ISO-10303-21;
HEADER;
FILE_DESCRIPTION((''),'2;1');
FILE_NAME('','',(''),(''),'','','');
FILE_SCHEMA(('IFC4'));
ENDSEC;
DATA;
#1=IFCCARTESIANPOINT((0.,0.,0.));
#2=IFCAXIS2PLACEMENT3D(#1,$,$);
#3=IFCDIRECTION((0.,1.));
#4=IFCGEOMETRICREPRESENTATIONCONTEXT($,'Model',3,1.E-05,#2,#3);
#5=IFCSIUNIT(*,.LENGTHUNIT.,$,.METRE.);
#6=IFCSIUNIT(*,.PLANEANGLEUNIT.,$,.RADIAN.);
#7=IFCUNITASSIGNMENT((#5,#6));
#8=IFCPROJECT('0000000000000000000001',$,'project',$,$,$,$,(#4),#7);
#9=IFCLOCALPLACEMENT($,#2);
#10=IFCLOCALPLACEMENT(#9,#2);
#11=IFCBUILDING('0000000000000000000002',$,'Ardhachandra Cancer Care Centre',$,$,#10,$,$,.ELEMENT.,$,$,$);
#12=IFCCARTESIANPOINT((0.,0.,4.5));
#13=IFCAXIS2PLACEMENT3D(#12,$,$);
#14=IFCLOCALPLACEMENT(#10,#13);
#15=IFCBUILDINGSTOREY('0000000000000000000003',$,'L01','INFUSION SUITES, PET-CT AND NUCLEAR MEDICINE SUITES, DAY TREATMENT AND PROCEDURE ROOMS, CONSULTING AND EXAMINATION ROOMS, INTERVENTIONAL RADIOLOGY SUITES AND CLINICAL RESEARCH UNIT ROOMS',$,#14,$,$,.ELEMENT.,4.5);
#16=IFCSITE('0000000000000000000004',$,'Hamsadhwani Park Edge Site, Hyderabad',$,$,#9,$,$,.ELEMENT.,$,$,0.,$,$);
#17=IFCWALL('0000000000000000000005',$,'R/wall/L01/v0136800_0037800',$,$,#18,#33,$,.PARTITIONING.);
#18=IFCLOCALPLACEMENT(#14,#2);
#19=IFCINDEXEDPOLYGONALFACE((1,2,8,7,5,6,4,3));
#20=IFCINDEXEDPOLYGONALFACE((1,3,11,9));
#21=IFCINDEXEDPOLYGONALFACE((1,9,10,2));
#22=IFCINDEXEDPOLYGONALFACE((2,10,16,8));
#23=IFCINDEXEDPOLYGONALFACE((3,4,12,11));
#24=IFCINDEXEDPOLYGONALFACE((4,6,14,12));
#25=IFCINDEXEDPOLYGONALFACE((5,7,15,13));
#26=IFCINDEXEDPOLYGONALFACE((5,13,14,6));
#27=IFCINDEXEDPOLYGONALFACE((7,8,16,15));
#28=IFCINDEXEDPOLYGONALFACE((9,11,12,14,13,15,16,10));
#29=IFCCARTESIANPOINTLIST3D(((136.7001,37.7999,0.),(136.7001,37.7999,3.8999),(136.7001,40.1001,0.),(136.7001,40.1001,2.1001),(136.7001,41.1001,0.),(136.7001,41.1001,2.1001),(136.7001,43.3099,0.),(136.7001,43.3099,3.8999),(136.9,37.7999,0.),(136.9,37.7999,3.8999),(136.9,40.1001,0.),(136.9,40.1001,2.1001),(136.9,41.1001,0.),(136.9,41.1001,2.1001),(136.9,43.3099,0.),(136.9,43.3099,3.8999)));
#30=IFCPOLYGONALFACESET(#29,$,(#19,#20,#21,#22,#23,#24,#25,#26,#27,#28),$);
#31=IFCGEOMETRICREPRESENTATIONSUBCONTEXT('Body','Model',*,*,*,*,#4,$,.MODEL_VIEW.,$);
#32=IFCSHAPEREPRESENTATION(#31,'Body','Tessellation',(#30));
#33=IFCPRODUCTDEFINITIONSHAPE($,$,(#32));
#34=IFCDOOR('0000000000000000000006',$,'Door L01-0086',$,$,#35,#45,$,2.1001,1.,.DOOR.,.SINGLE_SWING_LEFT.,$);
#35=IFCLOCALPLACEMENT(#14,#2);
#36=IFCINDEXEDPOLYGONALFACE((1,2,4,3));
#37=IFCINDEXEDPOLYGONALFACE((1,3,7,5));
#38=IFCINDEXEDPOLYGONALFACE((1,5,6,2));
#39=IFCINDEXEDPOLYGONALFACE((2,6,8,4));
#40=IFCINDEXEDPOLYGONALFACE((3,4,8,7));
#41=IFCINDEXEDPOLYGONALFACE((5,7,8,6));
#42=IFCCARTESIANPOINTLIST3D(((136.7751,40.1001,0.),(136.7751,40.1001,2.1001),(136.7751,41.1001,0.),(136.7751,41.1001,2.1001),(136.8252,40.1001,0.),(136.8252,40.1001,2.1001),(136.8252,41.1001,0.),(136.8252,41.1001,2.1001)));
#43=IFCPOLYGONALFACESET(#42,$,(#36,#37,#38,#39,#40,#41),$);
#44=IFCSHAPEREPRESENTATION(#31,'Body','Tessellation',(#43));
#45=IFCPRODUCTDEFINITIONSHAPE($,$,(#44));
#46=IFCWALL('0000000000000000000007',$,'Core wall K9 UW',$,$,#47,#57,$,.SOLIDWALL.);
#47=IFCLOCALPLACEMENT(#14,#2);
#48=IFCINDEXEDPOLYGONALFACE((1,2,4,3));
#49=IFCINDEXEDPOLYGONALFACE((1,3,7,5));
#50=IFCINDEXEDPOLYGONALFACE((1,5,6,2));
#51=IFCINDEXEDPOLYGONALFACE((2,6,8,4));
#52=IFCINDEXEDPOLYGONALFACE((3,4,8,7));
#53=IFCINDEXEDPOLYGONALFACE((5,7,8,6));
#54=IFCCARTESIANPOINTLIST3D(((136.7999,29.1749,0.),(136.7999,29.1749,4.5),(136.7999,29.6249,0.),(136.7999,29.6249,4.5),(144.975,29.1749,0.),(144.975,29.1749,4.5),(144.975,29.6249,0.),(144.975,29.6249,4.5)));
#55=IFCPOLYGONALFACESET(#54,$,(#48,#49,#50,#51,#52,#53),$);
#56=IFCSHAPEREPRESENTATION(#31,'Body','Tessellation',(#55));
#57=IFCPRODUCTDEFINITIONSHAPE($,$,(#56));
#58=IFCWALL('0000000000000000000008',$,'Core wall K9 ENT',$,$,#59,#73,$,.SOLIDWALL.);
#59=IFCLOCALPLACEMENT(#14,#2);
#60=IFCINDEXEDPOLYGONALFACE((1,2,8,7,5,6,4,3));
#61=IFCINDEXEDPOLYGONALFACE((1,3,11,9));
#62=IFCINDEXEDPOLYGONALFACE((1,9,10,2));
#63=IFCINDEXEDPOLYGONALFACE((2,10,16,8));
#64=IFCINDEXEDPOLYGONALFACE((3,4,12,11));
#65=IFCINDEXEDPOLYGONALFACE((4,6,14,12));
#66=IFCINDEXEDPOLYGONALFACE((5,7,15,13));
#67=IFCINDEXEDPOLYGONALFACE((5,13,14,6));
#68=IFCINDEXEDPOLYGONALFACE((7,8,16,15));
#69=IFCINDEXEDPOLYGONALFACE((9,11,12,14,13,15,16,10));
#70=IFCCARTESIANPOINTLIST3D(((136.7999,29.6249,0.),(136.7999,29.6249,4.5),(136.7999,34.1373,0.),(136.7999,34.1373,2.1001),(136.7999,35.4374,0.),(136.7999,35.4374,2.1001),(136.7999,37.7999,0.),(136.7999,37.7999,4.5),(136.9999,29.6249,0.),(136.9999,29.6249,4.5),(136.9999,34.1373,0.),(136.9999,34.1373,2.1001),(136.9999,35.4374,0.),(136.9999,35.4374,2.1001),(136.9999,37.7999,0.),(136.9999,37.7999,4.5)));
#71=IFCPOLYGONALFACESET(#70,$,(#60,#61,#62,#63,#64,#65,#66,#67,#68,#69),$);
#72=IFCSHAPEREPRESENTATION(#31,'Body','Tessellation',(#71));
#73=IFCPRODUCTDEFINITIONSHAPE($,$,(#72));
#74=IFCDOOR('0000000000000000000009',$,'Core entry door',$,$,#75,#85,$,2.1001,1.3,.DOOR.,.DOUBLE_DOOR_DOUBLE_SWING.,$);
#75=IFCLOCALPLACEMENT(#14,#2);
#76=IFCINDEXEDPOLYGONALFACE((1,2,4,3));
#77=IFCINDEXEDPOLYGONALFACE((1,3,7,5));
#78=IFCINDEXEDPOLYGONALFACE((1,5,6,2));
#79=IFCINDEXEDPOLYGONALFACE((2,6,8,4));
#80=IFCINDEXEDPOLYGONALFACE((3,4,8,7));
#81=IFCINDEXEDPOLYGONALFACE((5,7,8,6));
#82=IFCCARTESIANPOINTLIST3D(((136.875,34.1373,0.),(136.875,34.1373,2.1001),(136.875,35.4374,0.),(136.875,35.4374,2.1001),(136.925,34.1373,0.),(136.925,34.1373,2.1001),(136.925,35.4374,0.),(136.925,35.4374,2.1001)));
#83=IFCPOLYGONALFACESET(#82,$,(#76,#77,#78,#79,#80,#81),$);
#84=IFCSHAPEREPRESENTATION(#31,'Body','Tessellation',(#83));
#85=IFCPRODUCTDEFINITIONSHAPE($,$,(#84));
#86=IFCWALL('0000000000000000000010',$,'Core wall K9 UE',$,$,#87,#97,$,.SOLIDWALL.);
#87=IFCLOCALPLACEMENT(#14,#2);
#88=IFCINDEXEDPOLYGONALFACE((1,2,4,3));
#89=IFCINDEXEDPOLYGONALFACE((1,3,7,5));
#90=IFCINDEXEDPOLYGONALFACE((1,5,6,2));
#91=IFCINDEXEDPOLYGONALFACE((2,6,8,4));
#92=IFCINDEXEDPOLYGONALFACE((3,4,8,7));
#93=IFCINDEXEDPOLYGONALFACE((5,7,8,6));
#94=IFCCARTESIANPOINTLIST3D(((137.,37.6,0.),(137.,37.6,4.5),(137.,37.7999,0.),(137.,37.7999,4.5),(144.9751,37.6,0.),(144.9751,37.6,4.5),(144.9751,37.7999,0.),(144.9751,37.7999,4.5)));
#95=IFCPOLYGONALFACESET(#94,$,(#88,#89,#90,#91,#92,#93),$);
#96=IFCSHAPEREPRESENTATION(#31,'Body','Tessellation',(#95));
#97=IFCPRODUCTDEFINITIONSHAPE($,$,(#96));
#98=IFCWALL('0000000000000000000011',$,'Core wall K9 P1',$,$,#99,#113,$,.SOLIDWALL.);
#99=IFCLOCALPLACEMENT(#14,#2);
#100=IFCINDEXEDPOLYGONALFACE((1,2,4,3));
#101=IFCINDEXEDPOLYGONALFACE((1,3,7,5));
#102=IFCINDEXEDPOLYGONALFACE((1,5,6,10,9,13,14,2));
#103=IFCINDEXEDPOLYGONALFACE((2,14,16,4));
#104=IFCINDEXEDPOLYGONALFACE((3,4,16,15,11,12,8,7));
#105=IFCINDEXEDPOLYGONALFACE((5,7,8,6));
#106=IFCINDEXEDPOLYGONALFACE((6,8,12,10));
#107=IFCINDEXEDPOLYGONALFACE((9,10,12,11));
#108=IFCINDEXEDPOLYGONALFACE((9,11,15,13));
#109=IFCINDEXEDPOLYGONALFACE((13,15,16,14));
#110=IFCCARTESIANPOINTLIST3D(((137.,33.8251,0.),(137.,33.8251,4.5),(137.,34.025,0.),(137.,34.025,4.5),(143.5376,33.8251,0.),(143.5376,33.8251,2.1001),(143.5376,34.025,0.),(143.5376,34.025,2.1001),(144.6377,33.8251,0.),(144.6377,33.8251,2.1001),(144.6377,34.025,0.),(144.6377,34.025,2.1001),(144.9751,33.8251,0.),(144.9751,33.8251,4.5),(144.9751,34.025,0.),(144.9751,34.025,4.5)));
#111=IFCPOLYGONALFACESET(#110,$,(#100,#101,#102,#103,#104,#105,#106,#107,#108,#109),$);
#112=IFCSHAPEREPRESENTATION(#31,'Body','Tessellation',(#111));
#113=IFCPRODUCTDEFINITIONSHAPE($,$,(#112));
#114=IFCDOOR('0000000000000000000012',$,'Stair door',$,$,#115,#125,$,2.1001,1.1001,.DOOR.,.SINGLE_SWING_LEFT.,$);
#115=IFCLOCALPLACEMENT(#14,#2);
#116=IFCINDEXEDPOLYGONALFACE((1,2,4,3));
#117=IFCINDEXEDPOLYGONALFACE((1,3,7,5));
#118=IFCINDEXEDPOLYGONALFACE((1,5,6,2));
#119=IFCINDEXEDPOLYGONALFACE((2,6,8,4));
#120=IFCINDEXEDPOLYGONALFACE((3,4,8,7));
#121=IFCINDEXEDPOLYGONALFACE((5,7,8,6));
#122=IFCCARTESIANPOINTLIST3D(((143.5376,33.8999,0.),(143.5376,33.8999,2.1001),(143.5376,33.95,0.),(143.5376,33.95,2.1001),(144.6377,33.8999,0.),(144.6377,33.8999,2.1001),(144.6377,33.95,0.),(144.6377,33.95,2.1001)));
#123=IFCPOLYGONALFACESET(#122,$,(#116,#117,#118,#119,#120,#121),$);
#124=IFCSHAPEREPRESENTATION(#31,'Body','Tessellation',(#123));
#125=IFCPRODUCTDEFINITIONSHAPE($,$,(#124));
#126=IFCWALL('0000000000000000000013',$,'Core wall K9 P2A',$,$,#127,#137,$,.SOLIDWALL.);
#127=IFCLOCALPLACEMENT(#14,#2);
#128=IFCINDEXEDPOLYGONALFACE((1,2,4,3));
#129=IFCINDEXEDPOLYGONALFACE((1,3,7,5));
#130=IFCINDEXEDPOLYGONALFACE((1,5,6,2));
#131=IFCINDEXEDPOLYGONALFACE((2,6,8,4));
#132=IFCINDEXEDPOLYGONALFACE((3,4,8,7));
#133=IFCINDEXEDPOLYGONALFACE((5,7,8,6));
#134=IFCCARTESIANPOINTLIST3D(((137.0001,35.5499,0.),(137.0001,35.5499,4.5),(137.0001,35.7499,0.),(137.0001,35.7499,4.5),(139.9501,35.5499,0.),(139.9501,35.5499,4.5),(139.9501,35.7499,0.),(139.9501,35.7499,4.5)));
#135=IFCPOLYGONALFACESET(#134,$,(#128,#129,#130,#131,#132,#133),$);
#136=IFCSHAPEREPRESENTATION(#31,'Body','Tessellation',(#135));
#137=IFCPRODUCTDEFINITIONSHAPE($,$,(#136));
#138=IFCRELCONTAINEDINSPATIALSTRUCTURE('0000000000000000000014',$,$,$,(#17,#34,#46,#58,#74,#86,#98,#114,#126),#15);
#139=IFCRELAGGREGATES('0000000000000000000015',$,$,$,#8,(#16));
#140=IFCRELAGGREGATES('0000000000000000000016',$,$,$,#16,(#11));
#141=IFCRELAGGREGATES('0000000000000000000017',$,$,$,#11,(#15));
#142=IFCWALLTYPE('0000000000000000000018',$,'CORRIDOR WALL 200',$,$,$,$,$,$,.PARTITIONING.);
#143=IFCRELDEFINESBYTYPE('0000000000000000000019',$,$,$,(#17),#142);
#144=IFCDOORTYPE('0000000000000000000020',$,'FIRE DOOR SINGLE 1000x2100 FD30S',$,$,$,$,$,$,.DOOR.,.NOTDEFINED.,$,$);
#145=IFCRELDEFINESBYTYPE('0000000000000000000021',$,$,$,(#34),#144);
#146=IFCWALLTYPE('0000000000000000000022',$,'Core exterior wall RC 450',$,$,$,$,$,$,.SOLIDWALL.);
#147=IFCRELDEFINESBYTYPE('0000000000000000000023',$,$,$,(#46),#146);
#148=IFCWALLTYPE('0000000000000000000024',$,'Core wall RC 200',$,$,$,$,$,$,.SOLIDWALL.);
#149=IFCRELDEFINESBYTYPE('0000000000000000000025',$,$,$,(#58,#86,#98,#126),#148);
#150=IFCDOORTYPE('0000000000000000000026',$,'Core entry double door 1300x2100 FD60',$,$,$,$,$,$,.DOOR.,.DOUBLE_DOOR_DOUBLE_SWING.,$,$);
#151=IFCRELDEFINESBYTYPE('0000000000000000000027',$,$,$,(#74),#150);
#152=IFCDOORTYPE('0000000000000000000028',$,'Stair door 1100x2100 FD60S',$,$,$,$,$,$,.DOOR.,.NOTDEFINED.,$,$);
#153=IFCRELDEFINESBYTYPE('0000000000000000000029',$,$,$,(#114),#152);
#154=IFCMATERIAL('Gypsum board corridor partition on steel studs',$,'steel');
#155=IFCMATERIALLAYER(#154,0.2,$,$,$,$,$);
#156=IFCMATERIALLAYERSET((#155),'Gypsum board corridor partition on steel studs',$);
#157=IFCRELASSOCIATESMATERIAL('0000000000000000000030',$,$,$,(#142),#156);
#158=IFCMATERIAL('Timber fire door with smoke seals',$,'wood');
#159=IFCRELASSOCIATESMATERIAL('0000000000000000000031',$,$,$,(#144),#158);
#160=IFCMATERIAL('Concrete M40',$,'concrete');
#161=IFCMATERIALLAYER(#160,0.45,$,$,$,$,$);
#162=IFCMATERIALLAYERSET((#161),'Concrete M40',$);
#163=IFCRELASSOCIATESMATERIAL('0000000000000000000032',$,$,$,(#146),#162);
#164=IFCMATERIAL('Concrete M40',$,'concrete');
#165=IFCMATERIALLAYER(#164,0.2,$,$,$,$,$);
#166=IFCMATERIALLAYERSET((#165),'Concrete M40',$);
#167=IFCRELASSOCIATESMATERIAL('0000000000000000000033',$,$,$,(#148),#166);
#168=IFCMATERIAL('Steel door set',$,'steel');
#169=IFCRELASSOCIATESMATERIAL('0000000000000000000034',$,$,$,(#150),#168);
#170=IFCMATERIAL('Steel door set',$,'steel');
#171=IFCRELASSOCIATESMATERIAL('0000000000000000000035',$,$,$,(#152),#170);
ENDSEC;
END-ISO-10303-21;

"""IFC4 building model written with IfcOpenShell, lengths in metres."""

from ifc_helpers import new_model, si_unit, direction, frame, frame_2d, origin, place, context, subcontext, project, spatial, rectangle, extrude, material, layer, layer_set, type_object, element, fill, save


model = new_model("IFC4")

# Units and contexts
model_context = context("Model", 3, precision=1e-05, world=origin(), true_north=direction((0.0, 1.0)))
body_context = subcontext(model_context, "Body", "Model", "MODEL_VIEW")
ifc_project = project(units=[si_unit("LENGTHUNIT", "METRE"), si_unit("PLANEANGLEUNIT", "RADIAN")], contexts=[model_context])

# Site, building, storey
site_placement = place(None, origin())
site = spatial("IfcSite", under=ifc_project, at=site_placement, Name="Hamsadhwani Park Edge Site, Hyderabad", CompositionType="ELEMENT", RefElevation=0.0)
building_placement = place(site_placement, origin())
building = spatial("IfcBuilding", under=site, at=building_placement, Name="Ardhachandra Cancer Care Centre", CompositionType="ELEMENT")
storey_placement = place(building_placement, frame((0.0, 0.0, 4.5)))
storey = spatial("IfcBuildingStorey", under=building, at=storey_placement, Name="L01", Description="INFUSION SUITES, PET-CT AND NUCLEAR MEDICINE SUITES, DAY TREATMENT AND PROCEDURE ROOMS, CONSULTING AND EXAMINATION ROOMS, INTERVENTIONAL RADIOLOGY SUITES AND CLINICAL RESEARCH UNIT ROOMS", CompositionType="ELEMENT", Elevation=4.5)

# Wall, opening, door
ifc_material_1 = material(Name="Gypsum board corridor partition on steel studs", Category="steel")
ifc_layer_1 = layer(ifc_material_1, 0.2)
ifc_layer_set_1 = layer_set([ifc_layer_1], Name="Gypsum board corridor partition on steel studs")
wall_type_1 = type_object("IfcWallType", Name="CORRIDOR WALL 200", PredefinedType="PARTITIONING", material=ifc_layer_set_1)
wall_1_placement = place(storey_placement, frame((136.8, 37.8, 0.0), z_axis=(0.0, 0.0, 1.0), x_axis=(0.0, 1.0, 0.0)))
wall_1 = element("IfcWall", 1, at=wall_1_placement, inside=storey, type_object=wall_type_1, Name="R/wall/L01/v0136800_0037800", PredefinedType="PARTITIONING", context=body_context, shape_type="SweptSolid", body=[
    extrude(rectangle(XDim=5.51, YDim=0.2, at=frame_2d((2.7549, 0.0))), origin(), (0.0, 0.0, 1.0), 3.8999),
])
opening_1_placement = place(wall_1_placement, frame((2.3, 0.0, 0.0)))
opening_1 = element("IfcOpeningElement", 2, at=opening_1_placement, cuts=wall_1, PredefinedType="OPENING", context=body_context, shape_type="SweptSolid", body=[
    extrude(rectangle(XDim=1.0, YDim=2.1001, at=frame_2d((0.5, 1.05))), frame((0.0, 0.1099, 0.0), z_axis=(0.0, -1.0, 0.0), x_axis=(1.0, 0.0, 0.0)), (0.0, 0.0, 1.0), 0.22),
])
ifc_material_2 = material(Name="Timber fire door with smoke seals", Category="wood")
door_type_1 = type_object("IfcDoorType", Name="FIRE DOOR SINGLE 1000x2100 FD30S", OperationType="NOTDEFINED", PredefinedType="DOOR", material=ifc_material_2)
door_1_placement = place(opening_1_placement, origin())
door_1 = element("IfcDoor", 3, at=door_1_placement, inside=storey, type_object=door_type_1, Name="Door L01-0086", OperationType="SINGLE_SWING_LEFT", OverallHeight=2.1001, OverallWidth=1.0, PredefinedType="DOOR", context=body_context, shape_type="SweptSolid", body=[
    extrude(rectangle(XDim=1.0, YDim=2.1001, at=frame_2d((0.5, 1.05))), frame((0.0, 0.0249, 0.0), z_axis=(0.0, -1.0, 0.0), x_axis=(1.0, 0.0, 0.0)), (0.0, 0.0, 1.0), 0.05),
])
fill(opening_1, door_1)

# Wall
ifc_material_3 = material(Name="Concrete M40", Category="concrete")
ifc_layer_2 = layer(ifc_material_3, 0.45)
ifc_layer_set_2 = layer_set([ifc_layer_2], Name="Concrete M40")
wall_type_2 = type_object("IfcWallType", Name="Core exterior wall RC 450", PredefinedType="SOLIDWALL", material=ifc_layer_set_2)
wall_2_placement = place(storey_placement, frame((136.8, 29.3999, 0.0), z_axis=(0.0, 0.0, 1.0), x_axis=(1.0, 0.0, 0.0)))
element("IfcWall", 4, at=wall_2_placement, inside=storey, type_object=wall_type_2, Name="Core wall K9 UW", PredefinedType="SOLIDWALL", context=body_context, shape_type="SweptSolid", body=[
    extrude(rectangle(XDim=8.175, YDim=0.45, at=frame_2d((4.0874, 0.0))), origin(), (0.0, 0.0, 1.0), 4.5),
])

# Wall, opening, door
ifc_material_4 = material(Name="Concrete M40", Category="concrete")
ifc_layer_3 = layer(ifc_material_4, 0.2)
ifc_layer_set_3 = layer_set([ifc_layer_3], Name="Concrete M40")
wall_type_3 = type_object("IfcWallType", Name="Core wall RC 200", PredefinedType="SOLIDWALL", material=ifc_layer_set_3)
wall_3_placement = place(storey_placement, frame((136.8999, 29.625, 0.0), z_axis=(0.0, 0.0, 1.0), x_axis=(0.0, 1.0, 0.0)))
wall_3 = element("IfcWall", 5, at=wall_3_placement, inside=storey, type_object=wall_type_3, Name="Core wall K9 ENT", PredefinedType="SOLIDWALL", context=body_context, shape_type="SweptSolid", body=[
    extrude(rectangle(XDim=8.175, YDim=0.2, at=frame_2d((4.0874, 0.0))), origin(), (0.0, 0.0, 1.0), 4.5),
])
opening_2_placement = place(wall_3_placement, frame((4.5125, 0.0, 0.0)))
opening_2 = element("IfcOpeningElement", 6, at=opening_2_placement, cuts=wall_3, PredefinedType="OPENING", context=body_context, shape_type="SweptSolid", body=[
    extrude(rectangle(XDim=1.3, YDim=2.1001, at=frame_2d((0.6499, 1.05))), frame((0.0, 0.1099, 0.0), z_axis=(0.0, -1.0, 0.0), x_axis=(1.0, 0.0, 0.0)), (0.0, 0.0, 1.0), 0.22),
])
ifc_material_5 = material(Name="Steel door set", Category="steel")
door_type_2 = type_object("IfcDoorType", Name="Core entry double door 1300x2100 FD60", OperationType="DOUBLE_DOOR_DOUBLE_SWING", PredefinedType="DOOR", material=ifc_material_5)
door_2_placement = place(opening_2_placement, origin())
door_2 = element("IfcDoor", 7, at=door_2_placement, inside=storey, type_object=door_type_2, Name="Core entry door", OperationType="DOUBLE_DOOR_DOUBLE_SWING", OverallHeight=2.1001, OverallWidth=1.3, PredefinedType="DOOR", context=body_context, shape_type="SweptSolid", body=[
    extrude(rectangle(XDim=1.3, YDim=2.1001, at=frame_2d((0.6499, 1.05))), frame((0.0, 0.0249, 0.0), z_axis=(0.0, -1.0, 0.0), x_axis=(1.0, 0.0, 0.0)), (0.0, 0.0, 1.0), 0.05),
])
fill(opening_2, door_2)

# Wall
wall_4_placement = place(storey_placement, frame((137.0, 37.7, 0.0), z_axis=(0.0, 0.0, 1.0), x_axis=(1.0, 0.0, 0.0)))
element("IfcWall", 8, at=wall_4_placement, inside=storey, type_object=wall_type_3, Name="Core wall K9 UE", PredefinedType="SOLIDWALL", context=body_context, shape_type="SweptSolid", body=[
    extrude(rectangle(XDim=7.9751, YDim=0.2, at=frame_2d((3.9875, 0.0))), origin(), (0.0, 0.0, 1.0), 4.5),
])

# Wall, opening, door
wall_5_placement = place(storey_placement, frame((137.0, 33.925, 0.0), z_axis=(0.0, 0.0, 1.0), x_axis=(1.0, 0.0, 0.0)))
wall_5 = element("IfcWall", 9, at=wall_5_placement, inside=storey, type_object=wall_type_3, Name="Core wall K9 P1", PredefinedType="SOLIDWALL", context=body_context, shape_type="SweptSolid", body=[
    extrude(rectangle(XDim=7.9751, YDim=0.2, at=frame_2d((3.9875, 0.0))), origin(), (0.0, 0.0, 1.0), 4.5),
])
opening_3_placement = place(wall_5_placement, frame((6.5376, 0.0, 0.0)))
opening_3 = element("IfcOpeningElement", 10, at=opening_3_placement, cuts=wall_5, PredefinedType="OPENING", context=body_context, shape_type="SweptSolid", body=[
    extrude(rectangle(XDim=1.1001, YDim=2.1001, at=frame_2d((0.55, 1.05))), frame((0.0, 0.1099, 0.0), z_axis=(0.0, -1.0, 0.0), x_axis=(1.0, 0.0, 0.0)), (0.0, 0.0, 1.0), 0.22),
])
ifc_material_6 = material(Name="Steel door set", Category="steel")
door_type_3 = type_object("IfcDoorType", Name="Stair door 1100x2100 FD60S", OperationType="NOTDEFINED", PredefinedType="DOOR", material=ifc_material_6)
door_3_placement = place(opening_3_placement, origin())
door_3 = element("IfcDoor", 11, at=door_3_placement, inside=storey, type_object=door_type_3, Name="Stair door", OperationType="SINGLE_SWING_LEFT", OverallHeight=2.1001, OverallWidth=1.1001, PredefinedType="DOOR", context=body_context, shape_type="SweptSolid", body=[
    extrude(rectangle(XDim=1.1001, YDim=2.1001, at=frame_2d((0.55, 1.05))), frame((0.0, 0.0249, 0.0), z_axis=(0.0, -1.0, 0.0), x_axis=(1.0, 0.0, 0.0)), (0.0, 0.0, 1.0), 0.05),
])
fill(opening_3, door_3)

# Wall
wall_6_placement = place(storey_placement, frame((137.0, 35.6499, 0.0), z_axis=(0.0, 0.0, 1.0), x_axis=(1.0, 0.0, 0.0)))
element("IfcWall", 12, at=wall_6_placement, inside=storey, type_object=wall_type_3, Name="Core wall K9 P2A", PredefinedType="SOLIDWALL", context=body_context, shape_type="SweptSolid", body=[
    extrude(rectangle(XDim=2.95, YDim=0.2, at=frame_2d((1.4751, 0.0))), origin(), (0.0, 0.0, 1.0), 4.5),
])

save(model, "model.ifc")
